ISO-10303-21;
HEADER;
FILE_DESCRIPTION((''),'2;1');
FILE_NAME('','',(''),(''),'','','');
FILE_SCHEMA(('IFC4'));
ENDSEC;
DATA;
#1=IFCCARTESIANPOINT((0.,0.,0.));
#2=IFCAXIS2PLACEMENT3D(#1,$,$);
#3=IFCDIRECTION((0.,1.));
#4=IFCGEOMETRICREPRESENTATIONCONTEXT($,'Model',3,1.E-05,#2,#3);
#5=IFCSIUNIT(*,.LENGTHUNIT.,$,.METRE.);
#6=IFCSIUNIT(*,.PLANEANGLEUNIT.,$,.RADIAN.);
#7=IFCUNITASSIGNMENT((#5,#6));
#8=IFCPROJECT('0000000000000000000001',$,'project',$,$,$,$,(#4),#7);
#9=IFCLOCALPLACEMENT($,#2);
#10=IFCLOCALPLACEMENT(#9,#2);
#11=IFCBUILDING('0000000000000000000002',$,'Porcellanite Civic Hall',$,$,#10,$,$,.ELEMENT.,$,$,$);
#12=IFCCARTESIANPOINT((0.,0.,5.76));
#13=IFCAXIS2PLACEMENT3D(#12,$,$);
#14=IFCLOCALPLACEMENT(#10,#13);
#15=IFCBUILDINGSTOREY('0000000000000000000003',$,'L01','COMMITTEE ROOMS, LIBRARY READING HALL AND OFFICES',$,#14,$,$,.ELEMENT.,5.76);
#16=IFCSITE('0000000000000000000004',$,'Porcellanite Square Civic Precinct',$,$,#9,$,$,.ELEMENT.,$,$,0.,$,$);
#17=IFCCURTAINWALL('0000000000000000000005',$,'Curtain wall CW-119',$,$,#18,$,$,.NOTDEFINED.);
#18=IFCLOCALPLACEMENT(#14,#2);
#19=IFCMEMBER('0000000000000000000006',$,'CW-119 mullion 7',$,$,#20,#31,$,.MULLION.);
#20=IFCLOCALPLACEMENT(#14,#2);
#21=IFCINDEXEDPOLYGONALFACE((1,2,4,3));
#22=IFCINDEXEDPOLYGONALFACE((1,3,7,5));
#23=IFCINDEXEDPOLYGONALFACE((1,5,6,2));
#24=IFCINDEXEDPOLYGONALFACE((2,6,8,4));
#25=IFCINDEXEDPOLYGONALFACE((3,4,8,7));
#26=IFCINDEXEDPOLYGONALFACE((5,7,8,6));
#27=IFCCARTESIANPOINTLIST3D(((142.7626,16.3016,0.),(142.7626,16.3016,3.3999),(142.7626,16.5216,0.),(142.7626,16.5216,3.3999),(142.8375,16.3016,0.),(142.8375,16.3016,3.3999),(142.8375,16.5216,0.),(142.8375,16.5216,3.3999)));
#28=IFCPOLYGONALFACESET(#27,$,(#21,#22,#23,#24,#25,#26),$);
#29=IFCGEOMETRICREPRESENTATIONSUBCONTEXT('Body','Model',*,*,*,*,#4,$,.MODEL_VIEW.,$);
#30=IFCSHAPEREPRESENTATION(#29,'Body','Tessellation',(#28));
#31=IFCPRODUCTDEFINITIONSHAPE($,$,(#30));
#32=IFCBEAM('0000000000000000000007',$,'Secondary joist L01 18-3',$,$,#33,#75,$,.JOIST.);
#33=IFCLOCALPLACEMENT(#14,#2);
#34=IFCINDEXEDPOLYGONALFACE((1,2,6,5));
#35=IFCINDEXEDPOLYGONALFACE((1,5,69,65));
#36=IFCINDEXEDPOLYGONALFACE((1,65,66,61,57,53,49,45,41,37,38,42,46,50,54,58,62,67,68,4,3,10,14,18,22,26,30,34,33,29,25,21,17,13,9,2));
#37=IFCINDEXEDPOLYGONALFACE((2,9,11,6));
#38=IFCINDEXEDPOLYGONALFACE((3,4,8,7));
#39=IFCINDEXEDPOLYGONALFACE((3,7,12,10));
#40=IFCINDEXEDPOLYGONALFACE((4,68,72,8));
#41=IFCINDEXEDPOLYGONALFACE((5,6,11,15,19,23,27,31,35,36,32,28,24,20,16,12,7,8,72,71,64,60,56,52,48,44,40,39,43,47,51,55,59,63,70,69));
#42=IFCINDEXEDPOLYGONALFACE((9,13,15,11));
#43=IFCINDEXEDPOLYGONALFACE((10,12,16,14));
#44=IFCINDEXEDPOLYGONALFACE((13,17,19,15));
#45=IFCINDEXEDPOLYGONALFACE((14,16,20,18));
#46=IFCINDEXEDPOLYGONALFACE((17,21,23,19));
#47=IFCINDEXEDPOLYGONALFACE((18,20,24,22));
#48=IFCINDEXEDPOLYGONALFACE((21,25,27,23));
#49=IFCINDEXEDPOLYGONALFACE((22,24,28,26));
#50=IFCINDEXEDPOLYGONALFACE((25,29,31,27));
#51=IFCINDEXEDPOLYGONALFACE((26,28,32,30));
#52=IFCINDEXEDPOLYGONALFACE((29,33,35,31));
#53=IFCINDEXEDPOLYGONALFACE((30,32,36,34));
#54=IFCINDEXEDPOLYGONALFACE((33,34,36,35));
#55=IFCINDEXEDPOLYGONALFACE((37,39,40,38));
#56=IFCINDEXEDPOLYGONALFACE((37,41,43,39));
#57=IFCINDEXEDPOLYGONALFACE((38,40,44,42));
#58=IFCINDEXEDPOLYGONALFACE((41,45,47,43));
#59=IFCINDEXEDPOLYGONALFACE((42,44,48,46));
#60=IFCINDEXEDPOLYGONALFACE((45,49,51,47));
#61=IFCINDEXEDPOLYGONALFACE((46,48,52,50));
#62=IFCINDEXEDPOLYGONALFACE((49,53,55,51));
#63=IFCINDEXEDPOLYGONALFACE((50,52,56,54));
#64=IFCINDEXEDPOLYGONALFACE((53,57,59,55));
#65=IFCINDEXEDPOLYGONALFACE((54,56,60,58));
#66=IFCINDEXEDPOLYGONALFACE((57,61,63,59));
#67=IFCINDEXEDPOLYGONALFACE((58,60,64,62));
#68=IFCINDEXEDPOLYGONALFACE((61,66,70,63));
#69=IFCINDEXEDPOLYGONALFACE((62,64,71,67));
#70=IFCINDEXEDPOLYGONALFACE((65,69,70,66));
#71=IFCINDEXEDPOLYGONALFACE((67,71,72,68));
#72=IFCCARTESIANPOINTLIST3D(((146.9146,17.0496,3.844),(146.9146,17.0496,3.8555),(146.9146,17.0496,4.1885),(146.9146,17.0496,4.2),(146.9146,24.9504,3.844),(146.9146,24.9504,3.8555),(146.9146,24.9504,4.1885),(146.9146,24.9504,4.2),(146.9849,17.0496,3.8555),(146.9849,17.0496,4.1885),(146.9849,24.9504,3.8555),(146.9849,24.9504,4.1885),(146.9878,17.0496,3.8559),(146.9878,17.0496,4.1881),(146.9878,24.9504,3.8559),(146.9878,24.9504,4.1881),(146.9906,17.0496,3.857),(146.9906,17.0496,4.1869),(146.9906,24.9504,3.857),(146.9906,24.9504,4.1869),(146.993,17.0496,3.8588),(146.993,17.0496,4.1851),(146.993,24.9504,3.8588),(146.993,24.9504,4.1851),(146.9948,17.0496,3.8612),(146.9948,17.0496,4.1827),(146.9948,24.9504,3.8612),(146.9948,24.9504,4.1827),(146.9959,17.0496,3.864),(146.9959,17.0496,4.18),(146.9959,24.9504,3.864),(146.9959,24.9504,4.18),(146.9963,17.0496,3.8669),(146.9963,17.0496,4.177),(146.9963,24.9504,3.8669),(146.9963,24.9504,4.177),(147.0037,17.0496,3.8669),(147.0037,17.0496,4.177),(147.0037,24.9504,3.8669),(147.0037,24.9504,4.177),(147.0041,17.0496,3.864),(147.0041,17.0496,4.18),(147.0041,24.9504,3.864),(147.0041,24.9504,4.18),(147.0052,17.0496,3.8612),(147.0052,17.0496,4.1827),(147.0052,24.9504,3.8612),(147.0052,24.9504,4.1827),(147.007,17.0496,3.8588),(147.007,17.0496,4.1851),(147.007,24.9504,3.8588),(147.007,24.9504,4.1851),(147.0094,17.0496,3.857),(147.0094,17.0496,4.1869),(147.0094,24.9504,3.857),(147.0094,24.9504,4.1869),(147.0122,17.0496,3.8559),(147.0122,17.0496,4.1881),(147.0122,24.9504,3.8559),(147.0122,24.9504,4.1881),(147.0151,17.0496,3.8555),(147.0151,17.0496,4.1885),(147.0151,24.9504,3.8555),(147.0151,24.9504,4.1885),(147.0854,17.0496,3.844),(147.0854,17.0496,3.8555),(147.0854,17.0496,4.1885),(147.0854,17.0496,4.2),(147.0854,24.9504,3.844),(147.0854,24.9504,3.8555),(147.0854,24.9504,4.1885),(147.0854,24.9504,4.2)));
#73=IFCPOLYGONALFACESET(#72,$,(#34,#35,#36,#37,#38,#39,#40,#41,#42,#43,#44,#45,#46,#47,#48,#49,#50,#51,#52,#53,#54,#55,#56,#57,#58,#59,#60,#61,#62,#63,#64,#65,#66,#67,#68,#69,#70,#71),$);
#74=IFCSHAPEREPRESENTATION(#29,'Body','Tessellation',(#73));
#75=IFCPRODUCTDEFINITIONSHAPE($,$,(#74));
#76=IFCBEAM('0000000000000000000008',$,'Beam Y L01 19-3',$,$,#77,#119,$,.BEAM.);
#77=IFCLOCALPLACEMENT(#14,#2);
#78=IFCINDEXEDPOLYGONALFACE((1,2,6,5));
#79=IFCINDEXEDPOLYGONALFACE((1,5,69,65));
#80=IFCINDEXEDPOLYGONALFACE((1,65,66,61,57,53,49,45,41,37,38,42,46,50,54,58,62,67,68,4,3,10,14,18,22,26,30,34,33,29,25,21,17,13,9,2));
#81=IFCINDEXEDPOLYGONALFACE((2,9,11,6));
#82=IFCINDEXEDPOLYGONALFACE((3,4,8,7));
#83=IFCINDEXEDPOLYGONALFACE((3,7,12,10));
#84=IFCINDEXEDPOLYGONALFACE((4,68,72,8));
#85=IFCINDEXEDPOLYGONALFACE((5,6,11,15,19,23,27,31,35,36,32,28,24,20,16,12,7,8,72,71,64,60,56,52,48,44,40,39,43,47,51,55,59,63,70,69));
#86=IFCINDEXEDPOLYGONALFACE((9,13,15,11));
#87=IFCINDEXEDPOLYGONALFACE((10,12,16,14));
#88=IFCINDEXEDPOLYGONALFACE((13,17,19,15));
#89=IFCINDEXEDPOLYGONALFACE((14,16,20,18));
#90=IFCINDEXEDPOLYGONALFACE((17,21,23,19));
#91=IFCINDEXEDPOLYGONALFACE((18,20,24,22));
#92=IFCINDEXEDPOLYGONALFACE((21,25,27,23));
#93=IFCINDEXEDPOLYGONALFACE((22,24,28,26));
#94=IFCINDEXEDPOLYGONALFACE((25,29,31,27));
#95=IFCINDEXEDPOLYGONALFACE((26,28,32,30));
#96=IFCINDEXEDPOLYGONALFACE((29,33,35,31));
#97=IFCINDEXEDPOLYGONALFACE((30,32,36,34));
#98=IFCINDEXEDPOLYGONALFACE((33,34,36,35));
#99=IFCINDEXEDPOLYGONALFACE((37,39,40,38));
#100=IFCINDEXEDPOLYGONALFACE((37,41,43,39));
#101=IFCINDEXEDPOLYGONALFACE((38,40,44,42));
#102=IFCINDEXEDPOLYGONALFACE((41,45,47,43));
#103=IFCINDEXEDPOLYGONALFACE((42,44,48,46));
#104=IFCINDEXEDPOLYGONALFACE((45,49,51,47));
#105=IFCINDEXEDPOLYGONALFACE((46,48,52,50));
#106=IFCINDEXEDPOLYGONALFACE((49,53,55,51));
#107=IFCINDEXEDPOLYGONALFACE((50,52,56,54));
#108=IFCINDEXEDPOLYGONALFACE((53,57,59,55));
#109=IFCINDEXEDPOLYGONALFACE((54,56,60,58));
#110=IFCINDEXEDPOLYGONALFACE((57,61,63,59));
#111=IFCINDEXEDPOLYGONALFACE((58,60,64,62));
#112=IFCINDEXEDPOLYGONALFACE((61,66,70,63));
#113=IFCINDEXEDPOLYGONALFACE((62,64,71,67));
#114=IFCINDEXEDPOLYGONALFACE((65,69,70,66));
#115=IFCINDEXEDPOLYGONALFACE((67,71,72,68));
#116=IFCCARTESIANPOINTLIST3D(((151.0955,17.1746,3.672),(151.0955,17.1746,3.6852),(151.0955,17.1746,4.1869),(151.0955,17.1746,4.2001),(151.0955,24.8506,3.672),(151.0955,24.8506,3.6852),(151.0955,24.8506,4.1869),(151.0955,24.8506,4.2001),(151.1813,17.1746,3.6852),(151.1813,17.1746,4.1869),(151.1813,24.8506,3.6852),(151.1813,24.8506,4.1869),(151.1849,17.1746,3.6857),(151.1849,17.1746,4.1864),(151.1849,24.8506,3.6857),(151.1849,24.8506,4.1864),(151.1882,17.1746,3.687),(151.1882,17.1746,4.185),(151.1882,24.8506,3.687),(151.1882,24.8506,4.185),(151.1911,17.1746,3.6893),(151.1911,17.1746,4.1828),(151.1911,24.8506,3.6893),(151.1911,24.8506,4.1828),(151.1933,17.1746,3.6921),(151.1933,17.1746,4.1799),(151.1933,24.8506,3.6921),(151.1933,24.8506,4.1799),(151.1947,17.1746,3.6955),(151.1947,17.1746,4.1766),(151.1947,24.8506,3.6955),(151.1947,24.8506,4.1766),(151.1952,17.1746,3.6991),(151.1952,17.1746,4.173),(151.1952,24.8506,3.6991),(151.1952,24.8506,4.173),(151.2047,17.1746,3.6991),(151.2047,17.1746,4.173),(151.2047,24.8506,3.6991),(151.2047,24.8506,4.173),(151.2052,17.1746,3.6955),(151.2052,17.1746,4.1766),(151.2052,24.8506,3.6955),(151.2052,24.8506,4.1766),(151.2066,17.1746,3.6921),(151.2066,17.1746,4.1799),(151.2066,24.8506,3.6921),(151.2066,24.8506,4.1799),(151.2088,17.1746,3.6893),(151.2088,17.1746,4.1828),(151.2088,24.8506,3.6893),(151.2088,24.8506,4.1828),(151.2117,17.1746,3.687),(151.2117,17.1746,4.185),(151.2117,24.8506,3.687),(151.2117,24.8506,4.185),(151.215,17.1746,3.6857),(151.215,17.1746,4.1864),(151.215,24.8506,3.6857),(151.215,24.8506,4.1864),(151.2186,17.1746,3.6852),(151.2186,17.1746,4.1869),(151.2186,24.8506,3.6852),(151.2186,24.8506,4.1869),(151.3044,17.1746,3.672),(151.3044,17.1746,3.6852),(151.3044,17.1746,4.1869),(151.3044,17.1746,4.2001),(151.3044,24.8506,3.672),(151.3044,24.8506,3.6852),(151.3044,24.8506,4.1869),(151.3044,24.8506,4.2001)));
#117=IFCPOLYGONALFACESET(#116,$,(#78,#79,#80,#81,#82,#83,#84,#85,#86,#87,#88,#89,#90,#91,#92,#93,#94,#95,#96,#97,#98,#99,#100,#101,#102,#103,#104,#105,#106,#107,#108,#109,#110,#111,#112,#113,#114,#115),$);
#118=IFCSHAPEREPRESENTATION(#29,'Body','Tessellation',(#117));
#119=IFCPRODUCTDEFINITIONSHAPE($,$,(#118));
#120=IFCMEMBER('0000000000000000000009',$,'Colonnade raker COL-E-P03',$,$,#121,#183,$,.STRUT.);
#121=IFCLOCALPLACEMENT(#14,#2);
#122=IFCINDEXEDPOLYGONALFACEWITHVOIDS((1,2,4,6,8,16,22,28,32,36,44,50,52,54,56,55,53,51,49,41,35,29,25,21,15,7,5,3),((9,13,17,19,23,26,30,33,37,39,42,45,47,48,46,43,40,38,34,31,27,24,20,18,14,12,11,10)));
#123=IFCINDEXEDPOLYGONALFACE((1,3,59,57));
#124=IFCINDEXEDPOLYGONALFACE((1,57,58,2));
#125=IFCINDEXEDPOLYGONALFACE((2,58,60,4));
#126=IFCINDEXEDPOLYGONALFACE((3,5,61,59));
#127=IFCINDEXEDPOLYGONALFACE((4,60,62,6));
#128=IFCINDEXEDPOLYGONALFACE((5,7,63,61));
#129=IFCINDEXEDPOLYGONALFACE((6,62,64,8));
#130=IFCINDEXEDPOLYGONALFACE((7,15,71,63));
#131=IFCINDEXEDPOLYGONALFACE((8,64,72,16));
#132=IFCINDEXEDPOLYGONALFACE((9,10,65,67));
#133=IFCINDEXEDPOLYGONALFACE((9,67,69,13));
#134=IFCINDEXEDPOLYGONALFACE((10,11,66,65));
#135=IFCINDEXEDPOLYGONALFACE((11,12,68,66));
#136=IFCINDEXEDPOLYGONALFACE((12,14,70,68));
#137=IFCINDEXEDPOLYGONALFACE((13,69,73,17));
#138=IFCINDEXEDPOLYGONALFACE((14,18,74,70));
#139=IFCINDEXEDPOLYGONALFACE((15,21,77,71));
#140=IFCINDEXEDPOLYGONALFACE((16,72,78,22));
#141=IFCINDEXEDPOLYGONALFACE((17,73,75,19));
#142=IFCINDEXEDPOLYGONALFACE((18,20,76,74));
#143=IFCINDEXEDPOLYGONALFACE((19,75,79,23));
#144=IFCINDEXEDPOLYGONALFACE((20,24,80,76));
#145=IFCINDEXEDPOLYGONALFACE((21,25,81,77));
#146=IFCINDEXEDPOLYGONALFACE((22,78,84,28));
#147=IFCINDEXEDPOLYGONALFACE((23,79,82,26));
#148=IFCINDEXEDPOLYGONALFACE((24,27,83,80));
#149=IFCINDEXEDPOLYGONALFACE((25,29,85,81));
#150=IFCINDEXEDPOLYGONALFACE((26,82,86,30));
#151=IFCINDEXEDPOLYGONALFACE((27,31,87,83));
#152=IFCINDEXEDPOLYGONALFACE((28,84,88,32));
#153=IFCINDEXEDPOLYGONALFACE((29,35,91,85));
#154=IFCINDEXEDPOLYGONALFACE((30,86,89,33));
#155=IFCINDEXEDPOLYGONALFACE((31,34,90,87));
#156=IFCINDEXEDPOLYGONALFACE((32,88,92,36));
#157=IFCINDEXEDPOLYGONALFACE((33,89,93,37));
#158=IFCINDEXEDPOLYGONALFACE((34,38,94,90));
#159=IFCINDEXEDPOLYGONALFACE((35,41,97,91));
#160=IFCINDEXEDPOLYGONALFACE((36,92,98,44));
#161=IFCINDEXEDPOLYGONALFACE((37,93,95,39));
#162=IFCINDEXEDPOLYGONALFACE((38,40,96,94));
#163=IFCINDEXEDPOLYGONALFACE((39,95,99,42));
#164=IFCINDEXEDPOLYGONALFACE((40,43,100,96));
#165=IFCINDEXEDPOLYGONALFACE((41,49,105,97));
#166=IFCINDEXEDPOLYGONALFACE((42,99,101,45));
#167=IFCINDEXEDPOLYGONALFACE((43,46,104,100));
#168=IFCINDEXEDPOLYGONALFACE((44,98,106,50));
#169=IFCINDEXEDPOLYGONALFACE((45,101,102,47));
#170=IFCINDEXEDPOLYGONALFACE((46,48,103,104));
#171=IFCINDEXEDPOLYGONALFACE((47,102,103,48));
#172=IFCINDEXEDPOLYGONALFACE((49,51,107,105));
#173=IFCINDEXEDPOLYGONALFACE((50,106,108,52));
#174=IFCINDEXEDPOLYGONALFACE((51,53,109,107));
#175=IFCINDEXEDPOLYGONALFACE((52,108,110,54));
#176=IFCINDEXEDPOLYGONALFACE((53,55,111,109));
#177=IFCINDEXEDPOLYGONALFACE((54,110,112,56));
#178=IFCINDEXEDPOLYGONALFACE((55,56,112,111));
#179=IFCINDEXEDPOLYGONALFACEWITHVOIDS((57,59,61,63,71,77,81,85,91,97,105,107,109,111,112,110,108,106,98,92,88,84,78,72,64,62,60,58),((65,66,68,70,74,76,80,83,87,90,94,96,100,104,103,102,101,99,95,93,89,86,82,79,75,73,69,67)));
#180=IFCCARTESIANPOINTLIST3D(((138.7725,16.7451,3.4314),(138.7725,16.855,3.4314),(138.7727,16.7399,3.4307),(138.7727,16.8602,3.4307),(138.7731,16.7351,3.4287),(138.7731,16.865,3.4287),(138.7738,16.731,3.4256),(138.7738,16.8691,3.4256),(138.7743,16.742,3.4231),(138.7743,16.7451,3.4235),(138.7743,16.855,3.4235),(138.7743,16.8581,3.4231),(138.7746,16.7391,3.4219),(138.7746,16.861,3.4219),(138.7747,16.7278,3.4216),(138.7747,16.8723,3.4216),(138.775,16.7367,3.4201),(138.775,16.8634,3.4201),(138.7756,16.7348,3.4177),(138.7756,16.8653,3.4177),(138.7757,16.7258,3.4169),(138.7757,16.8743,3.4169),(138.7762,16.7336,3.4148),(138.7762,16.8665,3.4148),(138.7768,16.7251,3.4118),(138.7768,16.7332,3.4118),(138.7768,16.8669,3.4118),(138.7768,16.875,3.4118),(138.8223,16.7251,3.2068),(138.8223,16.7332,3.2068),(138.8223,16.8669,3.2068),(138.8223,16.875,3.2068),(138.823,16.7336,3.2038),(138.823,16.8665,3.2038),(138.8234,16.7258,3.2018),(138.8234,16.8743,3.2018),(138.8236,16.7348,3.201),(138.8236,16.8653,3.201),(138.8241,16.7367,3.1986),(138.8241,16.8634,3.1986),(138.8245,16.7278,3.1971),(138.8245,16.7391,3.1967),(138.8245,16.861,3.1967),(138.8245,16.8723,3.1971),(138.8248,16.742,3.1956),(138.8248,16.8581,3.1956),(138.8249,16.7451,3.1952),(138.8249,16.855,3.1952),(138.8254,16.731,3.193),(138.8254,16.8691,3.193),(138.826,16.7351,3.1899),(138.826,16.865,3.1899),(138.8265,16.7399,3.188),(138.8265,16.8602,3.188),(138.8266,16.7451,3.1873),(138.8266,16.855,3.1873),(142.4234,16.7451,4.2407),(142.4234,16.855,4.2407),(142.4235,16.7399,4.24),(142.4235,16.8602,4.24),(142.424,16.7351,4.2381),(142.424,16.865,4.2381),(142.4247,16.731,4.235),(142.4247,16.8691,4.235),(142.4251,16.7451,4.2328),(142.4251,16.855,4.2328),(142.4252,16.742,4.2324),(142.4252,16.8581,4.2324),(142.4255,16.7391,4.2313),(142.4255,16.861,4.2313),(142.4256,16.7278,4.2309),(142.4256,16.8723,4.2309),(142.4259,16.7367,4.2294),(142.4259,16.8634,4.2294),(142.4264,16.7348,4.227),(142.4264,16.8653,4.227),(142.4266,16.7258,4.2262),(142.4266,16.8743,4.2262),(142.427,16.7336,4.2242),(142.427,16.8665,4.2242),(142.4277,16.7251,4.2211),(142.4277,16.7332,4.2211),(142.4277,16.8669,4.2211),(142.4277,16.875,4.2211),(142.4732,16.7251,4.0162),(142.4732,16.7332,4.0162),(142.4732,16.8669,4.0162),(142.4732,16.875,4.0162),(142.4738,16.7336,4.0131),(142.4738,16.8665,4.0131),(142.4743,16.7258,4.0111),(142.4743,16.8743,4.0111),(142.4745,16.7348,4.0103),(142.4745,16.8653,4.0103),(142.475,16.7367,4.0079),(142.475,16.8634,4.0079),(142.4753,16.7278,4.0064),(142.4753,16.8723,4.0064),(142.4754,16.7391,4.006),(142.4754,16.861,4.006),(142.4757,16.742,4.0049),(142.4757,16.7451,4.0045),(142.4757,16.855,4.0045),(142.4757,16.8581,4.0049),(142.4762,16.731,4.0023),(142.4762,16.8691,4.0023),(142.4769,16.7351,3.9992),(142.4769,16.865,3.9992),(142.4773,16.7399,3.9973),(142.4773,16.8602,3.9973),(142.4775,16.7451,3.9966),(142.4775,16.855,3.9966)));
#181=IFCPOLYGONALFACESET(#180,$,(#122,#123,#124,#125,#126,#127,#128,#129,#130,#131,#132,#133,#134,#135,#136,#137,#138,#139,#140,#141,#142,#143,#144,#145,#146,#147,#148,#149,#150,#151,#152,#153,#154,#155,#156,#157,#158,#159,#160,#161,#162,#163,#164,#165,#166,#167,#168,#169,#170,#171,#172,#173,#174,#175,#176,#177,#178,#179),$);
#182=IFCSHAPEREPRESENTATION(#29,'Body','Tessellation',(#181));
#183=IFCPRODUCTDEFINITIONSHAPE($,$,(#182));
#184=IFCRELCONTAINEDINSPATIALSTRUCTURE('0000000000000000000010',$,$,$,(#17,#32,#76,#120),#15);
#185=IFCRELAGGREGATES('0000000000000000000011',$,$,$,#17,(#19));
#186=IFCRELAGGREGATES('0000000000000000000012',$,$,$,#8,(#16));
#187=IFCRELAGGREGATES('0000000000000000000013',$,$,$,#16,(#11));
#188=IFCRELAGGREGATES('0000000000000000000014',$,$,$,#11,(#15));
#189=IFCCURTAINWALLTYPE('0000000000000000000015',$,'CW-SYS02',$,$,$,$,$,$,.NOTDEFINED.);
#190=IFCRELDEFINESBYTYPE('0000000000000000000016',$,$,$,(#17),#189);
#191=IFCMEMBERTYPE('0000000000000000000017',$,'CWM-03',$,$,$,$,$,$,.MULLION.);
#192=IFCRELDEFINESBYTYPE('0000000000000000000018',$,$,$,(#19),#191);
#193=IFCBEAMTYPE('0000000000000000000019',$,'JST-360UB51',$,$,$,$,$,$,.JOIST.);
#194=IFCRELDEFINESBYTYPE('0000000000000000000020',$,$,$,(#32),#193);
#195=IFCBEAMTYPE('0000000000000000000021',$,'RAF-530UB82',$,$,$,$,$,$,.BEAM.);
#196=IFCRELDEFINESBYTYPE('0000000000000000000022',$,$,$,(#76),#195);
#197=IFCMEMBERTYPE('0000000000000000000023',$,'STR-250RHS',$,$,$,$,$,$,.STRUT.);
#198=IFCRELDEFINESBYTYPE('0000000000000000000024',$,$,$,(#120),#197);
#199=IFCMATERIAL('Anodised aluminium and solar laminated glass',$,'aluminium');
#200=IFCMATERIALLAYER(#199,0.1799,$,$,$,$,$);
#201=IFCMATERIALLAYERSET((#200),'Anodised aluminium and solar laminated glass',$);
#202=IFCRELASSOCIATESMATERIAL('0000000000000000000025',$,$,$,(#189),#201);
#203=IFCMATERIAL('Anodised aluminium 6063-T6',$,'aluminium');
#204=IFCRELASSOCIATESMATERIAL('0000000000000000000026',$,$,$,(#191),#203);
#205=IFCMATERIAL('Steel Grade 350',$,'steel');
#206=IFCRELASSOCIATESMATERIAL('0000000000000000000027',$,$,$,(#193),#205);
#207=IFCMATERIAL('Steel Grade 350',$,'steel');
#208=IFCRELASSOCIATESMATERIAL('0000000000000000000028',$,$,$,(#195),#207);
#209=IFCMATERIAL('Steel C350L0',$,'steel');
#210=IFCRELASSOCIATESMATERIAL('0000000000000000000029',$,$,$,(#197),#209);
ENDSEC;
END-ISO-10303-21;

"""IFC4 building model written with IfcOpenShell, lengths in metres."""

from ifc_helpers import new_model, si_unit, direction, frame, origin, origin_2d, place, context, subcontext, project, spatial, rectangle, hollow_rectangle, i_section, extrude, material, layer, layer_set, material_profile, profile_set, type_object, element, aggregate, save


model = new_model("IFC4")

# Units and contexts
model_context = context("Model", 3, precision=1e-05, world=origin(), true_north=direction((0.0, 1.0)))
body_context = subcontext(model_context, "Body", "Model", "MODEL_VIEW")
ifc_project = project(units=[si_unit("LENGTHUNIT", "METRE"), si_unit("PLANEANGLEUNIT", "RADIAN")], contexts=[model_context])

# Site, building, storey
site_placement = place(None, origin())
site = spatial("IfcSite", under=ifc_project, at=site_placement, Name="Porcellanite Square Civic Precinct", CompositionType="ELEMENT", RefElevation=0.0)
building_placement = place(site_placement, origin())
building = spatial("IfcBuilding", under=site, at=building_placement, Name="Porcellanite Civic Hall", CompositionType="ELEMENT")
storey_placement = place(building_placement, frame((0.0, 0.0, 5.76)))
storey = spatial("IfcBuildingStorey", under=building, at=storey_placement, Name="L01", Description="COMMITTEE ROOMS, LIBRARY READING HALL AND OFFICES", CompositionType="ELEMENT", Elevation=5.76)

# Curtain wall, member
ifc_material_1 = material(Name="Anodised aluminium and solar laminated glass", Category="aluminium")
ifc_layer_1 = layer(ifc_material_1, 0.1799)
ifc_layer_set_1 = layer_set([ifc_layer_1], Name="Anodised aluminium and solar laminated glass")
curtain_wall_type = type_object("IfcCurtainWallType", Name="CW-SYS02", PredefinedType="NOTDEFINED", material=ifc_layer_set_1)
curtain_wall_placement = place(storey_placement, origin())
curtain_wall = element("IfcCurtainWall", 1, at=curtain_wall_placement, inside=storey, type_object=curtain_wall_type, Name="Curtain wall CW-119", PredefinedType="NOTDEFINED")
ifc_material_2 = material(Name="Anodised aluminium 6063-T6", Category="aluminium")
ifc_material_profile_1 = material_profile(ifc_material_2, rectangle(XDim=0.075, YDim=0.22, at=origin_2d()), Name="AL-75x220")
ifc_profile_set_1 = profile_set([ifc_material_profile_1], Name="Anodised aluminium 6063-T6")
member_type_1 = type_object("IfcMemberType", Name="CWM-03", PredefinedType="MULLION", material=ifc_profile_set_1)
member_1_placement = place(storey_placement, frame((142.8, 16.4116, 0.0), z_axis=(0.0, 0.0, 1.0), x_axis=(-1.0, 0.0, 0.0)))
member_1 = element("IfcMember", 2, at=member_1_placement, type_object=member_type_1, Name="CW-119 mullion 7", PredefinedType="MULLION", context=body_context, shape_type="SweptSolid", body=[
    extrude(rectangle(XDim=0.075, YDim=0.22, at=origin_2d()), origin(), (0.0, 0.0, 1.0), 3.3999),
])

# Beams
ifc_material_3 = material(Name="Steel Grade 350", Category="steel")
ifc_material_profile_2 = material_profile(ifc_material_3, i_section(OverallWidth=0.1709, OverallDepth=0.356, WebThickness=0.0073, FlangeThickness=0.0115, FilletRadius=0.0115, at=origin_2d()), Name="360UB50.7")
ifc_profile_set_2 = profile_set([ifc_material_profile_2], Name="Steel Grade 350")
beam_type_1 = type_object("IfcBeamType", Name="JST-360UB51", PredefinedType="JOIST", material=ifc_profile_set_2)
beam_1_placement = place(storey_placement, frame((147.0, 17.0496, 4.022), z_axis=(0.0, 1.0, 0.0), x_axis=(-1.0, 0.0, 0.0)))
element("IfcBeam", 3, at=beam_1_placement, inside=storey, type_object=beam_type_1, Name="Secondary joist L01 18-3", PredefinedType="JOIST", context=body_context, shape_type="SweptSolid", body=[
    extrude(i_section(OverallWidth=0.1709, OverallDepth=0.356, WebThickness=0.0073, FlangeThickness=0.0115, FilletRadius=0.0115, at=origin_2d()), origin(), (0.0, 0.0, 1.0), 7.9009),
])
ifc_material_4 = material(Name="Steel Grade 350", Category="steel")
ifc_material_profile_3 = material_profile(ifc_material_4, i_section(OverallWidth=0.209, OverallDepth=0.5281, WebThickness=0.0095, FlangeThickness=0.0132, FilletRadius=0.0139, at=origin_2d()), Name="530UB82.0")
ifc_profile_set_3 = profile_set([ifc_material_profile_3], Name="Steel Grade 350")
beam_type_2 = type_object("IfcBeamType", Name="RAF-530UB82", PredefinedType="BEAM", material=ifc_profile_set_3)
beam_2_placement = place(storey_placement, frame((151.2, 17.1746, 3.936), z_axis=(0.0, 1.0, 0.0), x_axis=(-1.0, 0.0, 0.0)))
element("IfcBeam", 4, at=beam_2_placement, inside=storey, type_object=beam_type_2, Name="Beam Y L01 19-3", PredefinedType="BEAM", context=body_context, shape_type="SweptSolid", body=[
    extrude(i_section(OverallWidth=0.209, OverallDepth=0.5281, WebThickness=0.0095, FlangeThickness=0.0132, FilletRadius=0.0139, at=origin_2d()), origin(), (0.0, 0.0, 1.0), 7.676),
])

# Member
ifc_material_5 = material(Name="Steel C350L0", Category="steel")
ifc_material_profile_4 = material_profile(ifc_material_5, hollow_rectangle(XDim=0.1499, YDim=0.25, WallThickness=0.0081, InnerFilletRadius=0.012, OuterFilletRadius=0.02, at=origin_2d()), Name="250x150x8.0RHS")
ifc_profile_set_4 = profile_set([ifc_material_profile_4], Name="Steel C350L0")
member_type_2 = type_object("IfcMemberType", Name="STR-250RHS", PredefinedType="STRUT", material=ifc_profile_set_4)
member_2_placement = place(storey_placement, frame((142.4504, 16.8, 4.1187), z_axis=(-0.976299, 0.0, -0.216426), x_axis=(0.0, -1.0, 0.0)))
element("IfcMember", 5, at=member_2_placement, inside=storey, type_object=member_type_2, Name="Colonnade raker COL-E-P03", PredefinedType="STRUT", context=body_context, shape_type="SweptSolid", body=[
    extrude(hollow_rectangle(XDim=0.1499, YDim=0.25, WallThickness=0.0081, InnerFilletRadius=0.012, OuterFilletRadius=0.02, at=origin_2d()), origin(), (0.0, 0.0, 1.0), 3.7395),
])

aggregate(curtain_wall, [member_1])

save(model, "model.ifc")
